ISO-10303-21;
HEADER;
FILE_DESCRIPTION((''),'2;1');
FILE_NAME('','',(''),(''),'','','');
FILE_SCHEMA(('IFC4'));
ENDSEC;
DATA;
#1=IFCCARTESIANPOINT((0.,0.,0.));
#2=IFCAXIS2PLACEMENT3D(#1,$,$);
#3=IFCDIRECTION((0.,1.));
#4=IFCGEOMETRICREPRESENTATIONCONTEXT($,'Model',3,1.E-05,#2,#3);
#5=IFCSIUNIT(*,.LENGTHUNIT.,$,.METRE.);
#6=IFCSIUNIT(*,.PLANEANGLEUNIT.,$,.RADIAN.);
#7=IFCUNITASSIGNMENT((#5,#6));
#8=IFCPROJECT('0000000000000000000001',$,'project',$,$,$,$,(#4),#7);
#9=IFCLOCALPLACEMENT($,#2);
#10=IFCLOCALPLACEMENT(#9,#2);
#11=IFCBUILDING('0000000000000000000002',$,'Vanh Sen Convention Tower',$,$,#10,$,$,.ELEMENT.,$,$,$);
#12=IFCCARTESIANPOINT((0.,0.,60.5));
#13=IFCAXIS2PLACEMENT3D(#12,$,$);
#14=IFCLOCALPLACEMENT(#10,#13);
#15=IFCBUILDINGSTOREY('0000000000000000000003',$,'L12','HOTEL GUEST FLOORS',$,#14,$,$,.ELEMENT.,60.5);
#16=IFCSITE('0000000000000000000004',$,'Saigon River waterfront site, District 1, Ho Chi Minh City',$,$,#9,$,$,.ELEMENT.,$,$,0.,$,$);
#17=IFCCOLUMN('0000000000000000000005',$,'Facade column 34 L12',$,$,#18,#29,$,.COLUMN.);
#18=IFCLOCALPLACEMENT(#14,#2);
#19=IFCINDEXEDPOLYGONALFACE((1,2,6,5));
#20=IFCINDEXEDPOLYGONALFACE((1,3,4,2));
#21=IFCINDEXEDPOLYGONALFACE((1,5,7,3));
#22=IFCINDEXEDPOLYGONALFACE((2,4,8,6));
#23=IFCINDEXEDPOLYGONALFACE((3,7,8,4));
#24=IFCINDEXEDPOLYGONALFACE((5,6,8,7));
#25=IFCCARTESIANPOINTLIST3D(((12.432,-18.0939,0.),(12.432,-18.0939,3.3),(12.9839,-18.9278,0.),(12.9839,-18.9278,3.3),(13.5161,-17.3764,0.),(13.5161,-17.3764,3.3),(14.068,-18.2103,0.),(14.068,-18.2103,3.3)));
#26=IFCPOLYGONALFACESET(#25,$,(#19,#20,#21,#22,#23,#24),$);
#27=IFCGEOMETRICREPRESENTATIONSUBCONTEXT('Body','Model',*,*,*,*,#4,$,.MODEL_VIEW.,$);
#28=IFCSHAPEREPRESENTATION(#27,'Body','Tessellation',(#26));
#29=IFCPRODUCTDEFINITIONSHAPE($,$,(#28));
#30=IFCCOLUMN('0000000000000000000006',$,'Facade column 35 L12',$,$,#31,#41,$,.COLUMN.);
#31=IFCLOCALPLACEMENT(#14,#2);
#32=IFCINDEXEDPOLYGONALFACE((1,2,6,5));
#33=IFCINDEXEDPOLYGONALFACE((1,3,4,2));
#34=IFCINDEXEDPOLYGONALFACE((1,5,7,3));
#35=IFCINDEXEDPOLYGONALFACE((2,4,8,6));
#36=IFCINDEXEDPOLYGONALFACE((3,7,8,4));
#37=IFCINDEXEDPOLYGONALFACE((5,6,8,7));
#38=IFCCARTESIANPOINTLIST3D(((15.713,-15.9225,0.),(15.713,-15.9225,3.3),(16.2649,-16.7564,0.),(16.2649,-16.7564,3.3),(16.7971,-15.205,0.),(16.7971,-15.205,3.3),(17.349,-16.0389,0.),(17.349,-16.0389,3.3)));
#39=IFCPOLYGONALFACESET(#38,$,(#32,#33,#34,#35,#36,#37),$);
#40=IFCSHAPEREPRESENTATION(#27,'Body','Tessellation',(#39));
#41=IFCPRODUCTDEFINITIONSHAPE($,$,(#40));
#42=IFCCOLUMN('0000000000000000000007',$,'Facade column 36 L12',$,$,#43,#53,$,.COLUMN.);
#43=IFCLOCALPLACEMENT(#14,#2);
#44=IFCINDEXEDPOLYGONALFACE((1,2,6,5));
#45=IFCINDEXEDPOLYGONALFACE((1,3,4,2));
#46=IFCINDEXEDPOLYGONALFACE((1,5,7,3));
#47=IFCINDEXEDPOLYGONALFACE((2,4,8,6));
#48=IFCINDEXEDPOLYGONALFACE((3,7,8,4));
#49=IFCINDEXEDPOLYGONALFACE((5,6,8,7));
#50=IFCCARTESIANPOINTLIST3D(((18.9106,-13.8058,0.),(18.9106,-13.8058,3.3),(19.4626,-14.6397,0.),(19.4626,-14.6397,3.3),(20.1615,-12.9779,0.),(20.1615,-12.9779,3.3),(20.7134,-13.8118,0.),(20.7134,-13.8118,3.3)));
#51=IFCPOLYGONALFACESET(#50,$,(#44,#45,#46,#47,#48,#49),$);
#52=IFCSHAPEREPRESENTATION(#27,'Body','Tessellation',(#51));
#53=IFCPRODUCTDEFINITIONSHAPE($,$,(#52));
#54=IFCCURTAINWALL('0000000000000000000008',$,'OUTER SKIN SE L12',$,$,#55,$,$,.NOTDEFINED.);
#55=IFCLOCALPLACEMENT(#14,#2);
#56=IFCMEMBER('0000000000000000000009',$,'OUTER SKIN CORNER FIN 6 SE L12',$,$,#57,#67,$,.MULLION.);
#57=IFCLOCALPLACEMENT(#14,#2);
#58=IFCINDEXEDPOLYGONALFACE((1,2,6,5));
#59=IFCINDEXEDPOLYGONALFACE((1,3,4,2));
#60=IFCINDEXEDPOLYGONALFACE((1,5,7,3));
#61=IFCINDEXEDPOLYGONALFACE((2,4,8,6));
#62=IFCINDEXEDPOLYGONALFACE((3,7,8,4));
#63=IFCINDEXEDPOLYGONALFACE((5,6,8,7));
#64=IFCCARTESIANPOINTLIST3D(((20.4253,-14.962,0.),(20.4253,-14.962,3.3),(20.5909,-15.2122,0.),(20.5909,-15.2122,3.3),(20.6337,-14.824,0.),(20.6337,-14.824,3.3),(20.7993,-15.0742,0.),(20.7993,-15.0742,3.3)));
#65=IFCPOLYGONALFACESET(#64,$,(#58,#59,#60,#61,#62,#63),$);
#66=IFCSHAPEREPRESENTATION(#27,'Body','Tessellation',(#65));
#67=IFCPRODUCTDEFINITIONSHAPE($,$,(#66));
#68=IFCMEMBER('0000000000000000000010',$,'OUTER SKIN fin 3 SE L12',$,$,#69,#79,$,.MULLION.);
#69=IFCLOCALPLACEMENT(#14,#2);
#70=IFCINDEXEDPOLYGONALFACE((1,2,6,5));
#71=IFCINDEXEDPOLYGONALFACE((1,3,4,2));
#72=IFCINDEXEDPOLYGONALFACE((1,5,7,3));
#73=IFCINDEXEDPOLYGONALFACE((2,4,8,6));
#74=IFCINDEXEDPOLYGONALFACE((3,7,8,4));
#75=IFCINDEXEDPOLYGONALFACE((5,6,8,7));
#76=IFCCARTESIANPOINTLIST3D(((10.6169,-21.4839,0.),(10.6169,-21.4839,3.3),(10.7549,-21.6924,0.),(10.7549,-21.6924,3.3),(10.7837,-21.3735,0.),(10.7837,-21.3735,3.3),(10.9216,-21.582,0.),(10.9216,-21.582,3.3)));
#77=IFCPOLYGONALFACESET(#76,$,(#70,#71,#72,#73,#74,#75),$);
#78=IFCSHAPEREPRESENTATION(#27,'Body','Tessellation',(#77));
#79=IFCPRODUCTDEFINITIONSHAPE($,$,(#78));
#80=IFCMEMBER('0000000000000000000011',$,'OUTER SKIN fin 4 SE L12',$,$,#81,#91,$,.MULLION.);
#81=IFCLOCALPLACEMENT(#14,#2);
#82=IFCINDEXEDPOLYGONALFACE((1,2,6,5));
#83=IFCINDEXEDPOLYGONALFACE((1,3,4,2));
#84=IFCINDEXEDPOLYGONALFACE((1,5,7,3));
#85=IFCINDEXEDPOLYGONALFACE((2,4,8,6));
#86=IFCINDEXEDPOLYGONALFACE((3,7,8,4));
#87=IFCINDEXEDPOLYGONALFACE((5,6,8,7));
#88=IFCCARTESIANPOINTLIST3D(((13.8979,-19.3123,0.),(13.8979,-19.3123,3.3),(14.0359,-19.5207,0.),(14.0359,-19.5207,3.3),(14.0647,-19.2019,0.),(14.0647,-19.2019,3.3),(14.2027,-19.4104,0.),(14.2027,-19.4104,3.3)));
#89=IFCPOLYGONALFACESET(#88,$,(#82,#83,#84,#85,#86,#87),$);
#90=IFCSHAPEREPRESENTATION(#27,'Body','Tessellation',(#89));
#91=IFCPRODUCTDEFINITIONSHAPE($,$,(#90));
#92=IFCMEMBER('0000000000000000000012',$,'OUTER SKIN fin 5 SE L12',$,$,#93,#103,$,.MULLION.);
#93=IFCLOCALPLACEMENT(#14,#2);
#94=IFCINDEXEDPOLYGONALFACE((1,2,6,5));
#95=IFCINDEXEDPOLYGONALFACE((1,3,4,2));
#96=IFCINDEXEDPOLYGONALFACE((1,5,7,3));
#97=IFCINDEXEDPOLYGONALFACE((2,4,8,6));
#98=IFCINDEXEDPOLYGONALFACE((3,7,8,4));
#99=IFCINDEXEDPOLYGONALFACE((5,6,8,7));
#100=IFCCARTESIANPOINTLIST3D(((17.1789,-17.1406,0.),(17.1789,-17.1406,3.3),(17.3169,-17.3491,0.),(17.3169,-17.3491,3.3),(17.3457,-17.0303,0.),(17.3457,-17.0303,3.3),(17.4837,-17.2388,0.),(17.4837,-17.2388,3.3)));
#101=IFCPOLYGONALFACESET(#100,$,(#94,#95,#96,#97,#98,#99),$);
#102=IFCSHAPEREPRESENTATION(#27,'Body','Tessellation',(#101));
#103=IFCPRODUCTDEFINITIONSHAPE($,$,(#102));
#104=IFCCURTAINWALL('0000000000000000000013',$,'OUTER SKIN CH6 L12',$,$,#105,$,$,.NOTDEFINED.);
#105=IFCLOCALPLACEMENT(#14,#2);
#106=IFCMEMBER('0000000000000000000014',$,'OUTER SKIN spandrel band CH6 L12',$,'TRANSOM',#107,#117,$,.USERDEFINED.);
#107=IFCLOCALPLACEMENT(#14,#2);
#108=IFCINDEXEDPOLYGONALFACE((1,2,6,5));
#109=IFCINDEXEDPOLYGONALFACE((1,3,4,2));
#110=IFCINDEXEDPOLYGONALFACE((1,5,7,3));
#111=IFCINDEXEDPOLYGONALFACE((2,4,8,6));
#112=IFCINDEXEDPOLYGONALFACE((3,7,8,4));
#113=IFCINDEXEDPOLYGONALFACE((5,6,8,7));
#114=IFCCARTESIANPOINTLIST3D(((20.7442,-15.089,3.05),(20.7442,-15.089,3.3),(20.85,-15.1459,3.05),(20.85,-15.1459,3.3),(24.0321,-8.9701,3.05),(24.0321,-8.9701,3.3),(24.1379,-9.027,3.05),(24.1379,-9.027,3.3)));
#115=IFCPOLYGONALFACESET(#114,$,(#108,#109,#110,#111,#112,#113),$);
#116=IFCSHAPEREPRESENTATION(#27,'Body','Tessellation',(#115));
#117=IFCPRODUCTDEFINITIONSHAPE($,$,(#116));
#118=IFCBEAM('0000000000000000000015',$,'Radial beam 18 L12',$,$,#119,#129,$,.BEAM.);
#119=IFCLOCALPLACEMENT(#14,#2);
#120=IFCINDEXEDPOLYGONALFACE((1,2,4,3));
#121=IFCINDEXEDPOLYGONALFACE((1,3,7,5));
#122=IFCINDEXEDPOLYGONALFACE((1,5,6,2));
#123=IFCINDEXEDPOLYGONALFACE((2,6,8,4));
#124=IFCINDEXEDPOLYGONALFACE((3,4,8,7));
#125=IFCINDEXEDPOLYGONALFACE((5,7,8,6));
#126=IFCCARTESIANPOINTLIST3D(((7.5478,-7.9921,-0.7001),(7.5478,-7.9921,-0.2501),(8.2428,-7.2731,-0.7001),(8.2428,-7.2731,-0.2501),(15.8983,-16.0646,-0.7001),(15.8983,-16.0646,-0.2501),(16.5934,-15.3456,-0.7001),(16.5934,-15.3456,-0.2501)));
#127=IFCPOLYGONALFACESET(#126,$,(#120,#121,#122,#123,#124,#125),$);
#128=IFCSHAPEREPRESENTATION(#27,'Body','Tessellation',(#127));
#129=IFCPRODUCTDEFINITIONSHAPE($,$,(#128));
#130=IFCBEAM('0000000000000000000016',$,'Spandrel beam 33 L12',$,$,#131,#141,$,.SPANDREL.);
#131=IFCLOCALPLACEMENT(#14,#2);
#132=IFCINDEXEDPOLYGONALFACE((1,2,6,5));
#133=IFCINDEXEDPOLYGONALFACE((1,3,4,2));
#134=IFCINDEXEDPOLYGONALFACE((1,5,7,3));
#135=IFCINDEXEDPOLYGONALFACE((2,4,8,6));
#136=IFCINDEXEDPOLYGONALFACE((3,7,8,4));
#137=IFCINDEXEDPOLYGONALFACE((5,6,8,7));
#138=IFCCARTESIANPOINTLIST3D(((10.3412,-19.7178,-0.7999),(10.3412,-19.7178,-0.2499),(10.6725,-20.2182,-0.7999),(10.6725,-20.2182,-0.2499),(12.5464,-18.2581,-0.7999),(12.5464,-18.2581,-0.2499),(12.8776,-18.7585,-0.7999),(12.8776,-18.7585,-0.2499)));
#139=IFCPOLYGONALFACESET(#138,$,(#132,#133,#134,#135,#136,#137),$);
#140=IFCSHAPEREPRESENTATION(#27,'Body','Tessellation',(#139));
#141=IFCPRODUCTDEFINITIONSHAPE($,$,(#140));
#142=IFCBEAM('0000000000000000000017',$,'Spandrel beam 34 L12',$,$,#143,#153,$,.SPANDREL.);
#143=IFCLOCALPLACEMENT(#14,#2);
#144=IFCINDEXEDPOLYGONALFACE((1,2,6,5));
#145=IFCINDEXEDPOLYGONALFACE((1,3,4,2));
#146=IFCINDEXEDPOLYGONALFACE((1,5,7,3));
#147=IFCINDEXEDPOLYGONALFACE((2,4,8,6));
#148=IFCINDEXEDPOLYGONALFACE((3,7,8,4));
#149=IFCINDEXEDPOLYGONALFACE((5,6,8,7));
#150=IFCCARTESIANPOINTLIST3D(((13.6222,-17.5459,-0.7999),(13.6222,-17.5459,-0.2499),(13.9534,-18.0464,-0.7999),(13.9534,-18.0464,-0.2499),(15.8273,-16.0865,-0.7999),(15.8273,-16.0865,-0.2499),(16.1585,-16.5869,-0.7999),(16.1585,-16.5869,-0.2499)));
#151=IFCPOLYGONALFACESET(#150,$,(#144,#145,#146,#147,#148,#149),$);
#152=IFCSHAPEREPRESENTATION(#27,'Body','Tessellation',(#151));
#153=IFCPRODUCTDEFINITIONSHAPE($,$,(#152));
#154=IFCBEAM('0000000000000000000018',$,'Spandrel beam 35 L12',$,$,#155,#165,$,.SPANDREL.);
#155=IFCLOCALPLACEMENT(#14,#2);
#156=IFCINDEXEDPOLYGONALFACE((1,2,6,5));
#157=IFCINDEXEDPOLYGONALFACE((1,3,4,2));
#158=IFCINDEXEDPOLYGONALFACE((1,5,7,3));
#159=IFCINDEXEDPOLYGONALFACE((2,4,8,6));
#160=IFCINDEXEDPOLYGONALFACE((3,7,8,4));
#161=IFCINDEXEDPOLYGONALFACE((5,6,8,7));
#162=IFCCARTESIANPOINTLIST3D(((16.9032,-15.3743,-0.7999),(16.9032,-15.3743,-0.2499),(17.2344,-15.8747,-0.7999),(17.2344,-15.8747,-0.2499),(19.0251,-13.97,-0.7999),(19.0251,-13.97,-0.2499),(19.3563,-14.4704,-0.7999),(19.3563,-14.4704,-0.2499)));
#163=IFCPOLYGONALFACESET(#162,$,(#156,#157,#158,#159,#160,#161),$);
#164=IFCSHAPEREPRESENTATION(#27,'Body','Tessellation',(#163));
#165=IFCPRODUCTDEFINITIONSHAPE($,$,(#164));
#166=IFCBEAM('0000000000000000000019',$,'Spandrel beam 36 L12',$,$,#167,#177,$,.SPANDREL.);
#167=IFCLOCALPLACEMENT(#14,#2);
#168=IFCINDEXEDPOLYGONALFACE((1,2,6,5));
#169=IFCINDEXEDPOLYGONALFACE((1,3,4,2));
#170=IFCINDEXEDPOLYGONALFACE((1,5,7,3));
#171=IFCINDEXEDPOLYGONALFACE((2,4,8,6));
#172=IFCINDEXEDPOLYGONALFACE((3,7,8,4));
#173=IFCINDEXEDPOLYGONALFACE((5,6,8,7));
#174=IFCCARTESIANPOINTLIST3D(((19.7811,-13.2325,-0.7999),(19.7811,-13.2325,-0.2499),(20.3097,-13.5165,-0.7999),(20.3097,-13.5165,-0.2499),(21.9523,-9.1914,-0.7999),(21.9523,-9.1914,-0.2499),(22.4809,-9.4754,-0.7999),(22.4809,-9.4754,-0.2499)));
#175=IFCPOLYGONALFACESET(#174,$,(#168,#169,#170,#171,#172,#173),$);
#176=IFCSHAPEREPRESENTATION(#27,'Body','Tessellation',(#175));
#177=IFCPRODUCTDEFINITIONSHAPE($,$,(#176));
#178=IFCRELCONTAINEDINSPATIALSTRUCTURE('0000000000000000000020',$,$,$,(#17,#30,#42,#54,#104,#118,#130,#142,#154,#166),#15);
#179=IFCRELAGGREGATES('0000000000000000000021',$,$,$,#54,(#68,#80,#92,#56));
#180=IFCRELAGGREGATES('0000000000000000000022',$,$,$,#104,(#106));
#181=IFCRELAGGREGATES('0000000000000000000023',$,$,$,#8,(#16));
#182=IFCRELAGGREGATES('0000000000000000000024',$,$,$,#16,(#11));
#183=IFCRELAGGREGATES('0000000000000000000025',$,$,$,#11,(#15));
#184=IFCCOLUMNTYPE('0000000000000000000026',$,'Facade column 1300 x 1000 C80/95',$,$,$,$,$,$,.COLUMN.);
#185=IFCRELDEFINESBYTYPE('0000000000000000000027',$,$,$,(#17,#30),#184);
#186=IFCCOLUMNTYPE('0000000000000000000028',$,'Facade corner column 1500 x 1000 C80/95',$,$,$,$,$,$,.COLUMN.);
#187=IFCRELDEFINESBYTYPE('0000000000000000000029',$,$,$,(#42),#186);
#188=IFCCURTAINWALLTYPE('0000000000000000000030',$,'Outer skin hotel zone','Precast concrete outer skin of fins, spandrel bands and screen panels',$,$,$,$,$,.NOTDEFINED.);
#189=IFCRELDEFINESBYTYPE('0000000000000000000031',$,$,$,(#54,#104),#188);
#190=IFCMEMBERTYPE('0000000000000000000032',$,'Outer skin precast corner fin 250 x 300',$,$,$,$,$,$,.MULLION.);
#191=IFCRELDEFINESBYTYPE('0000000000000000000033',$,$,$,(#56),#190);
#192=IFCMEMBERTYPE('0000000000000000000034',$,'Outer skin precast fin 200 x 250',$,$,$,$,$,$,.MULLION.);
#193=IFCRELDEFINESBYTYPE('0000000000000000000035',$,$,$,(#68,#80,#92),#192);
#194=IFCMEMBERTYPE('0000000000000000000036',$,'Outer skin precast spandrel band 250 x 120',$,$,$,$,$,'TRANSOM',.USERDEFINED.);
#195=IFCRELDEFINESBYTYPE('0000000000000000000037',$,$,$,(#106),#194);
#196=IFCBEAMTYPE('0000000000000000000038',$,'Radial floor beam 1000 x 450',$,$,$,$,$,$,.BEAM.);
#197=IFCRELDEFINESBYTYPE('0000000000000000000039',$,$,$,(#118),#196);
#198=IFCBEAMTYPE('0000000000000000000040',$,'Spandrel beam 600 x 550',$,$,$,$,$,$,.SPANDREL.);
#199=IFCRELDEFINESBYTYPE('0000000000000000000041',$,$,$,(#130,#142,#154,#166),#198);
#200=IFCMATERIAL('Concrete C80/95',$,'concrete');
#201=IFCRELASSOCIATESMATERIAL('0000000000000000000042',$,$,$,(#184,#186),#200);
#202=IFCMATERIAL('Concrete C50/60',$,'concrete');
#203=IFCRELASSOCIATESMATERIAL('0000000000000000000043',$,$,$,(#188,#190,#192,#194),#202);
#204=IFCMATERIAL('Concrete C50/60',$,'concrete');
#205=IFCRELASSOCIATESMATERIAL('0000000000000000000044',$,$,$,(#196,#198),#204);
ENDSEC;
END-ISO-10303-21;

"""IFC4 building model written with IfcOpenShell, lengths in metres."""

from ifc_helpers import new_model, si_unit, direction, frame, origin, origin_2d, place, context, subcontext, project, spatial, rectangle, extrude, material, material_profile, profile_set, type_object, element, aggregate, save


model = new_model("IFC4")

# Units and contexts
model_context = context("Model", 3, precision=1e-05, world=origin(), true_north=direction((0.0, 1.0)))
body_context = subcontext(model_context, "Body", "Model", "MODEL_VIEW")
ifc_project = project(units=[si_unit("LENGTHUNIT", "METRE"), si_unit("PLANEANGLEUNIT", "RADIAN")], contexts=[model_context])

# Site, building, storey
site_placement = place(None, origin())
site = spatial("IfcSite", under=ifc_project, at=site_placement, Name="Saigon River waterfront site, District 1, Ho Chi Minh City", CompositionType="ELEMENT", RefElevation=0.0)
building_placement = place(site_placement, origin())
building = spatial("IfcBuilding", under=site, at=building_placement, Name="Vanh Sen Convention Tower", CompositionType="ELEMENT")
storey_placement = place(building_placement, frame((0.0, 0.0, 60.5)))
storey = spatial("IfcBuildingStorey", under=building, at=storey_placement, Name="L12", Description="HOTEL GUEST FLOORS", CompositionType="ELEMENT", Elevation=60.5)

# Columns
ifc_material_1 = material(Name="Concrete C80/95", Category="concrete")
ifc_material_profile_1 = material_profile(ifc_material_1, rectangle(XDim=1.3, YDim=1.0, at=origin_2d()), Name="RC 1300X1000")
ifc_profile_set_1 = profile_set([ifc_material_profile_1], Name="Concrete C80/95")
column_type_1 = type_object("IfcColumnType", Name="Facade column 1300 x 1000 C80/95", PredefinedType="COLUMN", material=ifc_profile_set_1)
for number, where, z_axis, x_axis, name in (
    (1, (13.25, -18.1521, 0.0), (0.0, 0.0, 1.0), (0.833886, 0.551937, 0.0), "Facade column 34 L12"),
    (2, (16.531, -15.9807, 0.0), (0.0, 0.0, 1.0), (0.833886, 0.551937, 0.0), "Facade column 35 L12"),
):
    element("IfcColumn", number, at=place(storey_placement, frame(where, z_axis=z_axis, x_axis=x_axis)), inside=storey, type_object=column_type_1, Name=name, PredefinedType="COLUMN", context=body_context, shape_type="SweptSolid", body=[
        extrude(rectangle(XDim=1.3, YDim=1.0, at=origin_2d()), origin(), (0.0, 0.0, 1.0), 3.3),
    ])
ifc_material_profile_2 = material_profile(ifc_material_1, rectangle(XDim=1.5, YDim=1.0, at=origin_2d()), Name="RC 1500X1000")
ifc_profile_set_2 = profile_set([ifc_material_profile_2], Name="Concrete C80/95")
column_type_2 = type_object("IfcColumnType", Name="Facade corner column 1500 x 1000 C80/95", PredefinedType="COLUMN", material=ifc_profile_set_2)
column_placement = place(storey_placement, frame((19.812, -13.8088, 0.0), z_axis=(0.0, 0.0, 1.0), x_axis=(0.833886, 0.551937, 0.0)))
element("IfcColumn", 3, at=column_placement, inside=storey, type_object=column_type_2, Name="Facade column 36 L12", PredefinedType="COLUMN", context=body_context, shape_type="SweptSolid", body=[
    extrude(rectangle(XDim=1.5, YDim=1.0, at=origin_2d()), origin(), (0.0, 0.0, 1.0), 3.3),
])

# Curtain wall, members
ifc_material_2 = material(Name="Concrete C50/60", Category="concrete")
curtain_wall_type = type_object("IfcCurtainWallType", Name="Outer skin hotel zone", Description="Precast concrete outer skin of fins, spandrel bands and screen panels", PredefinedType="NOTDEFINED", material=ifc_material_2)
curtain_wall_1_placement = place(storey_placement, origin())
curtain_wall_1 = element("IfcCurtainWall", 4, at=curtain_wall_1_placement, inside=storey, type_object=curtain_wall_type, Name="OUTER SKIN SE L12", PredefinedType="NOTDEFINED")
ifc_material_profile_3 = material_profile(ifc_material_2, rectangle(XDim=0.25, YDim=0.3, at=origin_2d()), Name="Outer skin precast corner fin 250 x 300")
ifc_profile_set_3 = profile_set([ifc_material_profile_3], Name="Concrete C50/60")
member_type_1 = type_object("IfcMemberType", Name="Outer skin precast corner fin 250 x 300", PredefinedType="MULLION", material=ifc_profile_set_3)
member_1_placement = place(storey_placement, frame((20.6123, -15.0181, 0.0), z_axis=(0.0, 0.0, 1.0), x_axis=(0.833886, 0.551937, 0.0)))
member_1 = element("IfcMember", 5, at=member_1_placement, type_object=member_type_1, Name="OUTER SKIN CORNER FIN 6 SE L12", PredefinedType="MULLION", context=body_context, shape_type="SweptSolid", body=[
    extrude(rectangle(XDim=0.25, YDim=0.3, at=origin_2d()), origin(), (0.0, 0.0, 1.0), 3.3),
])
ifc_material_profile_4 = material_profile(ifc_material_2, rectangle(XDim=0.2, YDim=0.25, at=origin_2d()), Name="Outer skin precast fin 200 x 250")
ifc_profile_set_4 = profile_set([ifc_material_profile_4], Name="Concrete C50/60")
member_type_2 = type_object("IfcMemberType", Name="Outer skin precast fin 200 x 250", PredefinedType="MULLION", material=ifc_profile_set_4)
member_2_placement = place(storey_placement, frame((10.7693, -21.533, 0.0), z_axis=(0.0, 0.0, 1.0), x_axis=(0.833886, 0.551937, 0.0)))
member_2 = element("IfcMember", 6, at=member_2_placement, type_object=member_type_2, Name="OUTER SKIN fin 3 SE L12", PredefinedType="MULLION", context=body_context, shape_type="SweptSolid", body=[
    extrude(rectangle(XDim=0.2, YDim=0.25, at=origin_2d()), origin(), (0.0, 0.0, 1.0), 3.3),
])
member_3_placement = place(storey_placement, frame((14.0503, -19.3613, 0.0), z_axis=(0.0, 0.0, 1.0), x_axis=(0.833886, 0.551937, 0.0)))
member_3 = element("IfcMember", 7, at=member_3_placement, type_object=member_type_2, Name="OUTER SKIN fin 4 SE L12", PredefinedType="MULLION", context=body_context, shape_type="SweptSolid", body=[
    extrude(rectangle(XDim=0.2, YDim=0.25, at=origin_2d()), origin(), (0.0, 0.0, 1.0), 3.3),
])
member_4_placement = place(storey_placement, frame((17.3313, -17.1897, 0.0), z_axis=(0.0, 0.0, 1.0), x_axis=(0.833886, 0.551937, 0.0)))
member_4 = element("IfcMember", 8, at=member_4_placement, type_object=member_type_2, Name="OUTER SKIN fin 5 SE L12", PredefinedType="MULLION", context=body_context, shape_type="SweptSolid", body=[
    extrude(rectangle(XDim=0.2, YDim=0.25, at=origin_2d()), origin(), (0.0, 0.0, 1.0), 3.3),
])

# Curtain wall, member
curtain_wall_2_placement = place(storey_placement, origin())
curtain_wall_2 = element("IfcCurtainWall", 9, at=curtain_wall_2_placement, inside=storey, type_object=curtain_wall_type, Name="OUTER SKIN CH6 L12", PredefinedType="NOTDEFINED")
ifc_material_profile_5 = material_profile(ifc_material_2, rectangle(XDim=0.1201, YDim=0.25, at=origin_2d()), Name="Outer skin precast spandrel band 250 x 120")
ifc_profile_set_5 = profile_set([ifc_material_profile_5], Name="Concrete C50/60")
member_type_3 = type_object("IfcMemberType", Name="Outer skin precast spandrel band 250 x 120", ElementType="TRANSOM", PredefinedType="USERDEFINED", material=ifc_profile_set_5)
member_5_placement = place(storey_placement, frame((20.7971, -15.1174, 3.175), z_axis=(0.473324, 0.880888, 0.0), x_axis=(-0.880888, 0.473324, 0.0)))
member_5 = element("IfcMember", 10, at=member_5_placement, type_object=member_type_3, Name="OUTER SKIN spandrel band CH6 L12", ObjectType="TRANSOM", PredefinedType="USERDEFINED", context=body_context, shape_type="SweptSolid", body=[
    extrude(rectangle(XDim=0.1201, YDim=0.25, at=origin_2d()), origin(), (0.0, 0.0, 1.0), 6.9463),
])

# Beams
ifc_material_3 = material(Name="Concrete C50/60", Category="concrete")
ifc_material_profile_6 = material_profile(ifc_material_3, rectangle(XDim=1.0, YDim=0.45, at=origin_2d()), Name="RC 1000X450")
ifc_profile_set_6 = profile_set([ifc_material_profile_6], Name="Concrete C50/60")
beam_type_1 = type_object("IfcBeamType", Name="Radial floor beam 1000 x 450", PredefinedType="BEAM", material=ifc_profile_set_6)
beam_1_placement = place(storey_placement, frame((16.2458, -15.7051, -0.4751), z_axis=(-0.718976, 0.695034, 0.0), x_axis=(-0.695034, -0.718976, 0.0)))
element("IfcBeam", 11, at=beam_1_placement, inside=storey, type_object=beam_type_1, Name="Radial beam 18 L12", PredefinedType="BEAM", context=body_context, shape_type="SweptSolid", body=[
    extrude(rectangle(XDim=1.0, YDim=0.45, at=origin_2d()), origin(), (0.0, 0.0, 1.0), 11.6145),
])
ifc_material_profile_7 = material_profile(ifc_material_3, rectangle(XDim=0.6001, YDim=0.55, at=origin_2d()), Name="RC 600X550")
ifc_profile_set_7 = profile_set([ifc_material_profile_7], Name="Concrete C50/60")
beam_type_2 = type_object("IfcBeamType", Name="Spandrel beam 600 x 550", PredefinedType="SPANDREL", material=ifc_profile_set_7)
beam_2_placement = place(storey_placement, frame((10.5068, -19.968, -0.5249), z_axis=(0.83385, 0.551992, 0.0), x_axis=(-0.551992, 0.83385, 0.0)))
element("IfcBeam", 12, at=beam_2_placement, inside=storey, type_object=beam_type_2, Name="Spandrel beam 33 L12", PredefinedType="SPANDREL", context=body_context, shape_type="SweptSolid", body=[
    extrude(rectangle(XDim=0.6001, YDim=0.55, at=origin_2d()), origin(), (0.0, 0.0, 1.0), 2.6445),
])
beam_3_placement = place(storey_placement, frame((13.7878, -17.7961, -0.5249), z_axis=(0.833892, 0.551927, 0.0), x_axis=(-0.551927, 0.833892, 0.0)))
element("IfcBeam", 13, at=beam_3_placement, inside=storey, type_object=beam_type_2, Name="Spandrel beam 34 L12", PredefinedType="SPANDREL", context=body_context, shape_type="SweptSolid", body=[
    extrude(rectangle(XDim=0.6001, YDim=0.55, at=origin_2d()), origin(), (0.0, 0.0, 1.0), 2.6443),
])
beam_4_placement = place(storey_placement, frame((17.0688, -15.6245, -0.5249), z_axis=(0.833906, 0.551907, 0.0), x_axis=(-0.551907, 0.833906, 0.0)))
element("IfcBeam", 14, at=beam_4_placement, inside=storey, type_object=beam_type_2, Name="Spandrel beam 35 L12", PredefinedType="SPANDREL", context=body_context, shape_type="SweptSolid", body=[
    extrude(rectangle(XDim=0.6001, YDim=0.55, at=origin_2d()), origin(), (0.0, 0.0, 1.0), 2.5444),
])
beam_5_placement = place(storey_placement, frame((20.0454, -13.3745, -0.5249), z_axis=(0.47329, 0.880907, 0.0), x_axis=(-0.880907, 0.47329, 0.0)))
element("IfcBeam", 15, at=beam_5_placement, inside=storey, type_object=beam_type_2, Name="Spandrel beam 36 L12", PredefinedType="SPANDREL", context=body_context, shape_type="SweptSolid", body=[
    extrude(rectangle(XDim=0.6001, YDim=0.55, at=origin_2d()), origin(), (0.0, 0.0, 1.0), 4.5874),
])

aggregate(curtain_wall_1, [member_2, member_3, member_4, member_1])
aggregate(curtain_wall_2, [member_5])

save(model, "model.ifc")
